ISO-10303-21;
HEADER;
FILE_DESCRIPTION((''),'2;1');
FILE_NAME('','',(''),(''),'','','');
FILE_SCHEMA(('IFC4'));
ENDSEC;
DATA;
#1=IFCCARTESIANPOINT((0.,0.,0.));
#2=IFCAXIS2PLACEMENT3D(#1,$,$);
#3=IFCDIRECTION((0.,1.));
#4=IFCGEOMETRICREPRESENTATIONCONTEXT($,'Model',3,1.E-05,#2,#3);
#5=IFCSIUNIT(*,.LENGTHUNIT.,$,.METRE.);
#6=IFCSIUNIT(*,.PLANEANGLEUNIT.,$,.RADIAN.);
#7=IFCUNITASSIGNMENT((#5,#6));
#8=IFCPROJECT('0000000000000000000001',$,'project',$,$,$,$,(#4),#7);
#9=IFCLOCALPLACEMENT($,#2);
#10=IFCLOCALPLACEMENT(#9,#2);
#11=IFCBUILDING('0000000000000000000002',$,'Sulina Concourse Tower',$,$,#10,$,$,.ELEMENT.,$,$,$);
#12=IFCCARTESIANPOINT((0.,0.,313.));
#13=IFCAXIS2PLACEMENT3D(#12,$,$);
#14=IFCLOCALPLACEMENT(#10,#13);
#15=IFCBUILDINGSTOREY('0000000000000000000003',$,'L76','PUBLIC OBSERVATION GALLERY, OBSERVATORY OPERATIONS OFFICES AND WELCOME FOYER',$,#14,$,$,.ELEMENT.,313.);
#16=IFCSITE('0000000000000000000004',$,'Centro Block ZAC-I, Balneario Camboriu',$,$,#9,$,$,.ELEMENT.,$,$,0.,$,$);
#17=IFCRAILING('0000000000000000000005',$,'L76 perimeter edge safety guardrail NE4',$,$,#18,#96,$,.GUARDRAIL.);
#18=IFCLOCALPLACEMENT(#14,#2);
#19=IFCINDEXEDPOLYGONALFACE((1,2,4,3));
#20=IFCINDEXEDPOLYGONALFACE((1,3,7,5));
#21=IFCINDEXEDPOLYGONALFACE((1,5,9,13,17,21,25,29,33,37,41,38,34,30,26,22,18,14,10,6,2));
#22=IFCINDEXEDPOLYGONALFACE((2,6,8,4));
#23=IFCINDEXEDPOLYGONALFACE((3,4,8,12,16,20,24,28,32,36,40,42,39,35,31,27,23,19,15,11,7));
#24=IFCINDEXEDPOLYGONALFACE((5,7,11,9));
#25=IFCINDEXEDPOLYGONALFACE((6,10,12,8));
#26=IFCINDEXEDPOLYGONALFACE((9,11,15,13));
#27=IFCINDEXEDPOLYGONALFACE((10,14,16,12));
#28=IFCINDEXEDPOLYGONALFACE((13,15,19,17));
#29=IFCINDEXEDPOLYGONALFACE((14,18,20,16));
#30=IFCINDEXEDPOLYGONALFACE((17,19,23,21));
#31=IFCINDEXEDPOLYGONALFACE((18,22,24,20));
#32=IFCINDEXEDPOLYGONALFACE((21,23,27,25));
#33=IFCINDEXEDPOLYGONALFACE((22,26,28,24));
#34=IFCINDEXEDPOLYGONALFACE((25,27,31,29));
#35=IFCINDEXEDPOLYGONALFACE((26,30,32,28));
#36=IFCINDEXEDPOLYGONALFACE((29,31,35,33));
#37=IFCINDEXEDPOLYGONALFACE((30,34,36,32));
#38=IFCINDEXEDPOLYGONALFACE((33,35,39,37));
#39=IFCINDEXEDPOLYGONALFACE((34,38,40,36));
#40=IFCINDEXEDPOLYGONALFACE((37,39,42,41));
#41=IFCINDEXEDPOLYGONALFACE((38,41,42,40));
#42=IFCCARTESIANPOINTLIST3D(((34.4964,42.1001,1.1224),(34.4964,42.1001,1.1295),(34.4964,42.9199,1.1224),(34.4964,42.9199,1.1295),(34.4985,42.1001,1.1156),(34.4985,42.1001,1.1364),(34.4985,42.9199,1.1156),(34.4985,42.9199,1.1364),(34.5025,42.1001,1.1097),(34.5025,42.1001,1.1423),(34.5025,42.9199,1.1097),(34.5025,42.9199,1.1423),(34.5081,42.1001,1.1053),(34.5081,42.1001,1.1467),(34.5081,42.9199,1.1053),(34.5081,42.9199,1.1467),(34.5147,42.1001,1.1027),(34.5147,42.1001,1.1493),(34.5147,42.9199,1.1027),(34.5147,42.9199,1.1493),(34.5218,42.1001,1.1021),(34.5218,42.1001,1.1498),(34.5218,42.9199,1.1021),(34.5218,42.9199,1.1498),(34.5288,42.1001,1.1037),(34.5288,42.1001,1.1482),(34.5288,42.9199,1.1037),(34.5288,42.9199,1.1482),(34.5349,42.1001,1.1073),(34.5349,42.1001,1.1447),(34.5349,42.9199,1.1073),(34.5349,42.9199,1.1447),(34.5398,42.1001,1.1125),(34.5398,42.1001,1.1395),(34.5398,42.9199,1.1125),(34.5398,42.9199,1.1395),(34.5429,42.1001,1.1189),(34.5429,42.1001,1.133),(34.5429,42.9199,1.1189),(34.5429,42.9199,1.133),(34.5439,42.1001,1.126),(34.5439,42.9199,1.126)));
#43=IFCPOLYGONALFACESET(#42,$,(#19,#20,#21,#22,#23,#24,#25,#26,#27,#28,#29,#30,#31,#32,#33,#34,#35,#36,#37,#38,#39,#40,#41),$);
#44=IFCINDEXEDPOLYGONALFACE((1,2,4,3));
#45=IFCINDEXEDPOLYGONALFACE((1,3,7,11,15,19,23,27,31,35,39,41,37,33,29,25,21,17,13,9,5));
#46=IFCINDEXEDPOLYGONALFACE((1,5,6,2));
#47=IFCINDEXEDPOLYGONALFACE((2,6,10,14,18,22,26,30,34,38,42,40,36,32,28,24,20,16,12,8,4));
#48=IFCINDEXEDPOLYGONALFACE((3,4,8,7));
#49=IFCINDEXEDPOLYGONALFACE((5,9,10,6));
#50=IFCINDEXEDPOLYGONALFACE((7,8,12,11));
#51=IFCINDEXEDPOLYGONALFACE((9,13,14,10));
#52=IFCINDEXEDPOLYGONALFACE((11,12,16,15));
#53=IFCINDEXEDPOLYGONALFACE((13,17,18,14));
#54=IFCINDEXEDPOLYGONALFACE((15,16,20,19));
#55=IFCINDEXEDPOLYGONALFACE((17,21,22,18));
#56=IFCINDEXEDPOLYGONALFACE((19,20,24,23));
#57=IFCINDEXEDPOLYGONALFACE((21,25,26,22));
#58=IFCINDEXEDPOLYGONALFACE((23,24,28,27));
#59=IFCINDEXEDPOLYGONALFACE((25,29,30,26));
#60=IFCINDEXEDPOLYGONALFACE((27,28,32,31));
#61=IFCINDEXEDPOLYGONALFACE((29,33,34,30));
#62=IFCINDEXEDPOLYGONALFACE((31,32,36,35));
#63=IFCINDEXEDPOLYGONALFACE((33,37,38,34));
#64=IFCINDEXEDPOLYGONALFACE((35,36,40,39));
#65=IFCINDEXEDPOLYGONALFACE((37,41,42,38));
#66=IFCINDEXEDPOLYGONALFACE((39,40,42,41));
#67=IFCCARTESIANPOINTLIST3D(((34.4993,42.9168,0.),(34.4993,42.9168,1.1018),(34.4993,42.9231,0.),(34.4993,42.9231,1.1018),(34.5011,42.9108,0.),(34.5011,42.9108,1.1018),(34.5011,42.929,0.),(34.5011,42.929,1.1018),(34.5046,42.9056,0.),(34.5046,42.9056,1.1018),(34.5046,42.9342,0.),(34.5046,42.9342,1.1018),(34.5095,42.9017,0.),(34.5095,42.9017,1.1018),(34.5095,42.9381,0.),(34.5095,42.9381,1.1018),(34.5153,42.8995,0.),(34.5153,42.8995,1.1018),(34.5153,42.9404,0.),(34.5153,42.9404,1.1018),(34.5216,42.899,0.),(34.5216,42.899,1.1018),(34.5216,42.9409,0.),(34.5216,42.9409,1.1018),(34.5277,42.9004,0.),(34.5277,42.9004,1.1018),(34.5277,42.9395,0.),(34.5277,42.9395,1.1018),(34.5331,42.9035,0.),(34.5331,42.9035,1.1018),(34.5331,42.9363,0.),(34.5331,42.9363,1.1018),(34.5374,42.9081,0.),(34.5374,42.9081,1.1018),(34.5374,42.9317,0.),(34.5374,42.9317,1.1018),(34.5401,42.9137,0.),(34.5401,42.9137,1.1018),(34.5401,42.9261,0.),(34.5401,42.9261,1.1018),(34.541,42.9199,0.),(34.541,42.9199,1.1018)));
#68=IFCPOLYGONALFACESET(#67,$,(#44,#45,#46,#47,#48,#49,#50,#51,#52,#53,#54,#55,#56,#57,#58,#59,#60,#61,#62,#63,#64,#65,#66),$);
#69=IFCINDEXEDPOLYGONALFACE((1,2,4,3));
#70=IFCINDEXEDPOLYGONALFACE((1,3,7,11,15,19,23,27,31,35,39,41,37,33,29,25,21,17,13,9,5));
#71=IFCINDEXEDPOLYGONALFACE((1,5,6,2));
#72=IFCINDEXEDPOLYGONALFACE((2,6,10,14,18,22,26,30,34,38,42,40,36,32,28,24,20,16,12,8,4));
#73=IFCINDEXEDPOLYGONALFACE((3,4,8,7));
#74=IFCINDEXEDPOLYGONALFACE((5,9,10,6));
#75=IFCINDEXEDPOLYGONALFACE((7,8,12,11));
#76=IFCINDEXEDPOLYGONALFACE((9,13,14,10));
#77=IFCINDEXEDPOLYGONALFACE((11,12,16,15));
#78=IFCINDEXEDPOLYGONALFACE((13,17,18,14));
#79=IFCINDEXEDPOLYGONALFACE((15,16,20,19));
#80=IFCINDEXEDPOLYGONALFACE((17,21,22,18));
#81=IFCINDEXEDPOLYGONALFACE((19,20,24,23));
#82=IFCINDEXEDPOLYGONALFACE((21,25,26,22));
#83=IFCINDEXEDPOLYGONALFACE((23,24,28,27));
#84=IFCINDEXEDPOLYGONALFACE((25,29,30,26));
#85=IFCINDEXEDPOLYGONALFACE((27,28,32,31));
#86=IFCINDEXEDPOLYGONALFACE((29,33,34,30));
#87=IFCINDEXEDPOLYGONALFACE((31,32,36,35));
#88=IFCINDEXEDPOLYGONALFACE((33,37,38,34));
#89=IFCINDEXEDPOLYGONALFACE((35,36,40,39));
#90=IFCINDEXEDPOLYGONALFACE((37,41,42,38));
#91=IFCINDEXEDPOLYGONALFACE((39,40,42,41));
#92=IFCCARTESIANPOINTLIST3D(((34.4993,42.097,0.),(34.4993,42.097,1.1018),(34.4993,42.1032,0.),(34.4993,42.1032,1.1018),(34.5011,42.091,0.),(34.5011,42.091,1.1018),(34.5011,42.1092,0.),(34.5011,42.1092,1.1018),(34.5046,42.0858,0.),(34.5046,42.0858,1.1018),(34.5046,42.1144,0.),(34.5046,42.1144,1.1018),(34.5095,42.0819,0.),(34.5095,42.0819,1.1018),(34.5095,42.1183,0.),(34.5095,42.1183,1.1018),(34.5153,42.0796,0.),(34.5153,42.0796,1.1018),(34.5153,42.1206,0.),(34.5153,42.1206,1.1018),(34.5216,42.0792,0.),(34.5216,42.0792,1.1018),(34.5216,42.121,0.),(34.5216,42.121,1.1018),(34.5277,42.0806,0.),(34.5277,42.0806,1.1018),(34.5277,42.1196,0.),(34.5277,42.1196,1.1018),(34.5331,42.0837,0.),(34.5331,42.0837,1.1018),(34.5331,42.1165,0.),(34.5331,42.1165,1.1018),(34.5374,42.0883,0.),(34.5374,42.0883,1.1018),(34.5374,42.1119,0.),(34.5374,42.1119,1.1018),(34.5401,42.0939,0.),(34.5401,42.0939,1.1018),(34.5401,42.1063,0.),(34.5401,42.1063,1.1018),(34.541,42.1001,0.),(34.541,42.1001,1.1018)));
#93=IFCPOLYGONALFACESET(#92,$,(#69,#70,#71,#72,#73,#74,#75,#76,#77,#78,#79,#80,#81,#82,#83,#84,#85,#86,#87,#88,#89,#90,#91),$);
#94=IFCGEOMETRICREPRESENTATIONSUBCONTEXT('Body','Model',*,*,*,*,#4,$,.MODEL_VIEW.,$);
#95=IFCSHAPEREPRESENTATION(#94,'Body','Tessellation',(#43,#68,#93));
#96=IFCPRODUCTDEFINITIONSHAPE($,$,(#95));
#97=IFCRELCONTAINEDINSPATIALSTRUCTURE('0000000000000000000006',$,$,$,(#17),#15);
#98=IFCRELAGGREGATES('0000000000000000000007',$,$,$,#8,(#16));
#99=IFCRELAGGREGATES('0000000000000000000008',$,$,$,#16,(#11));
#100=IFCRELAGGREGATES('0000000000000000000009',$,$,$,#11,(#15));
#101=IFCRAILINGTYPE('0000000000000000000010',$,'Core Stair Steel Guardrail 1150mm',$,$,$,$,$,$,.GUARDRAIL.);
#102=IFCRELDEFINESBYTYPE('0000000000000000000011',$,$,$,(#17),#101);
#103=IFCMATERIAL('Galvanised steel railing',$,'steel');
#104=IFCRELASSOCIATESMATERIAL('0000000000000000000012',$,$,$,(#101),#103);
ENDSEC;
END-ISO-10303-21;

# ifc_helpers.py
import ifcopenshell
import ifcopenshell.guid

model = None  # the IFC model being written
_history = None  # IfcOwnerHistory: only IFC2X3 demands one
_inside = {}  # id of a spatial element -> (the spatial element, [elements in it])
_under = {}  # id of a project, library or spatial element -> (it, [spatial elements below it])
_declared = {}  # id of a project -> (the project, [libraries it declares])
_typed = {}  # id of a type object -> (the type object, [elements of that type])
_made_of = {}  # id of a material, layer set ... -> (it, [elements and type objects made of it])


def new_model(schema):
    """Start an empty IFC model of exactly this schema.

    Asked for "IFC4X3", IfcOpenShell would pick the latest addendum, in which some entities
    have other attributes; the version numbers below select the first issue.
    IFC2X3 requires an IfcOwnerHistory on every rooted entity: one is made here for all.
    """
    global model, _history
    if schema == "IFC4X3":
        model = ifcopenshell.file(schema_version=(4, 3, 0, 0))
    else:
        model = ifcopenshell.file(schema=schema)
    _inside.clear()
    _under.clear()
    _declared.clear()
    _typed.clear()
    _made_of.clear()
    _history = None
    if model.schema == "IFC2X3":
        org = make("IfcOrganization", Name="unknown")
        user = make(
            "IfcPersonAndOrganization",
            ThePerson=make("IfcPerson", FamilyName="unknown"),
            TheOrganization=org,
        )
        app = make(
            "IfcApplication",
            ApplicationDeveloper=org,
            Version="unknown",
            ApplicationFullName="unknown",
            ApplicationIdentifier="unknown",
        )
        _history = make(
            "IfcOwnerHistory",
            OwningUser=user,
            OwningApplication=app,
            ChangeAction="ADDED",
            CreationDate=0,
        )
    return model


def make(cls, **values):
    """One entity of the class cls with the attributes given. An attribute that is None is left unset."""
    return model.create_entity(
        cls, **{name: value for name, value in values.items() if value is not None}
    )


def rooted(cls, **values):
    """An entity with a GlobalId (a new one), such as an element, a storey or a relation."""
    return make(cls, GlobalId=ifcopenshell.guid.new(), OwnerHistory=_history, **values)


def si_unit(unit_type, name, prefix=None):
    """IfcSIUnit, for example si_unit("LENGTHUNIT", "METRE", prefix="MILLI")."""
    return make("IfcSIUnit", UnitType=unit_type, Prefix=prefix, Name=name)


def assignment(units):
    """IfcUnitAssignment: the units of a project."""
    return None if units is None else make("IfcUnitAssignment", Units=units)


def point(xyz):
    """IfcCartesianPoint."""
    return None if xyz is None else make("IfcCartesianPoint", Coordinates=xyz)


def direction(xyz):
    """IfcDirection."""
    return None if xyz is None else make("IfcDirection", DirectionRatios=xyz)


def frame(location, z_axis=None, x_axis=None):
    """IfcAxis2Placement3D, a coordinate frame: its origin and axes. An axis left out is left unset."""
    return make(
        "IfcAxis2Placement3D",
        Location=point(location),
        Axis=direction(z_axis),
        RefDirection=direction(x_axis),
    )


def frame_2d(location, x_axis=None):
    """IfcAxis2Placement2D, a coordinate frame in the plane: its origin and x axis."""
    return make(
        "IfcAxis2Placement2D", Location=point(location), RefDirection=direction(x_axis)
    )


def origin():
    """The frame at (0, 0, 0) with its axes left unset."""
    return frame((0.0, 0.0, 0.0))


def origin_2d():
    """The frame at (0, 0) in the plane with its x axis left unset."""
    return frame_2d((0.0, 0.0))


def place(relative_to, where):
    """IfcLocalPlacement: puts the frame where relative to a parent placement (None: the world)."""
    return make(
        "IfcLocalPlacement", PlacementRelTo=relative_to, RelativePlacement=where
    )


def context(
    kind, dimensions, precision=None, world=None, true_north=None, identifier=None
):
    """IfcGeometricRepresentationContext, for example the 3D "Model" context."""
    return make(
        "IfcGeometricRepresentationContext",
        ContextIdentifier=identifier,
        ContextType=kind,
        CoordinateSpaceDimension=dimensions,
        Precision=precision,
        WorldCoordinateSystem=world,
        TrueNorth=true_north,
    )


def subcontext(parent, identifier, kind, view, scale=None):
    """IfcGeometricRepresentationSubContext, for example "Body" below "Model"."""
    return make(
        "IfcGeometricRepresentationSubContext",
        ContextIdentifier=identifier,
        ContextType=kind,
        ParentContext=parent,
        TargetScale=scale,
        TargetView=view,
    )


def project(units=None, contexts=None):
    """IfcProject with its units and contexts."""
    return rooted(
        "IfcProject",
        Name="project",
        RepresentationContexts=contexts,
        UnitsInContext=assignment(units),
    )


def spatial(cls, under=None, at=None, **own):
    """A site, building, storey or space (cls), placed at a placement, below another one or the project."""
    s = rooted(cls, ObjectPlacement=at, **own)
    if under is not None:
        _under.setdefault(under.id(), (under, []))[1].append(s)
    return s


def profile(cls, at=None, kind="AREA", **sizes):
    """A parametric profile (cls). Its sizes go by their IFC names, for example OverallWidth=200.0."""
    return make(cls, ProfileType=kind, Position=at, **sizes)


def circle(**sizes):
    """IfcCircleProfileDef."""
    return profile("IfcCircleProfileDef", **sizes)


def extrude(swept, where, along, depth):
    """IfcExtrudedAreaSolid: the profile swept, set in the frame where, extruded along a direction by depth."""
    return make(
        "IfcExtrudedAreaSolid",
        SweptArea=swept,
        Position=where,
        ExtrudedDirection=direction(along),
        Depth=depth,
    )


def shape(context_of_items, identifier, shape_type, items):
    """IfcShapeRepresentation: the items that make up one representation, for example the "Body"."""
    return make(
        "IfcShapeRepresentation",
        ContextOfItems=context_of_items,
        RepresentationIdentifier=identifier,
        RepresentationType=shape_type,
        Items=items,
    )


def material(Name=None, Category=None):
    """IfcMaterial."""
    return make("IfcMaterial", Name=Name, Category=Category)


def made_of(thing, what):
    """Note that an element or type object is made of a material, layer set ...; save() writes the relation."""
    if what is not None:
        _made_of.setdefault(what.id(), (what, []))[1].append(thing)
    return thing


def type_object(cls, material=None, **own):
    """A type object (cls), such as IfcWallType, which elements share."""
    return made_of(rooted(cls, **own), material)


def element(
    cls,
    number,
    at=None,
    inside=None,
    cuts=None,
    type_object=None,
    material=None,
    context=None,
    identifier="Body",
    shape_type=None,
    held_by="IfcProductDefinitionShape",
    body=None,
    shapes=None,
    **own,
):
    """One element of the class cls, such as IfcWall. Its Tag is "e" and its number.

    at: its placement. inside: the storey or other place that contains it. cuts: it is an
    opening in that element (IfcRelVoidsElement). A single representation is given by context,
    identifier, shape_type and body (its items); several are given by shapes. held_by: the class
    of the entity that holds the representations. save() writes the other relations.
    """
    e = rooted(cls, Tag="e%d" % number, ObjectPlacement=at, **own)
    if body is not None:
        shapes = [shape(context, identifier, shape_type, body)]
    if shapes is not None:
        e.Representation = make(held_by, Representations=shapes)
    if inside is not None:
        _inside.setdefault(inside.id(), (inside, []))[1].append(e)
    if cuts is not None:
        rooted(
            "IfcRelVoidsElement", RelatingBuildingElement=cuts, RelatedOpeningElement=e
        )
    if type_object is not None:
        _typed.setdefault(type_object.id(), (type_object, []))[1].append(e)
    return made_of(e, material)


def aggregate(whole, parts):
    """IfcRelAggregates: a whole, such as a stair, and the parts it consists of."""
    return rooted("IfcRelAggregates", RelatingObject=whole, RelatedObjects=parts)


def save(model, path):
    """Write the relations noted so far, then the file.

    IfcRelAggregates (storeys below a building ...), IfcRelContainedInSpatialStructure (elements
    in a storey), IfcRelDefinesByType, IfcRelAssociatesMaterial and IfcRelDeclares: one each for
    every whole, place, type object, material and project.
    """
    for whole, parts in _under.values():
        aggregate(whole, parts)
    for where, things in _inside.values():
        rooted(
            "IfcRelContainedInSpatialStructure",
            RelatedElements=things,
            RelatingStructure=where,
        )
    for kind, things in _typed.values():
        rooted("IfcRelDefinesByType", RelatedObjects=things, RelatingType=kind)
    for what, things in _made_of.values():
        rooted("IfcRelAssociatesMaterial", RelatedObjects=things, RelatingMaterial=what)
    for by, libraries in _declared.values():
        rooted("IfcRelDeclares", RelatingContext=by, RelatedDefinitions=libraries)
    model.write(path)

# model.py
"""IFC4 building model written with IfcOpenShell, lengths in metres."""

from ifc_helpers import new_model, si_unit, direction, frame, origin, origin_2d, place, context, subcontext, project, spatial, circle, extrude, material, type_object, element, save


model = new_model("IFC4")

# Units and contexts
model_context = context("Model", 3, precision=1e-05, world=origin(), true_north=direction((0.0, 1.0)))
body_context = subcontext(model_context, "Body", "Model", "MODEL_VIEW")
ifc_project = project(units=[si_unit("LENGTHUNIT", "METRE"), si_unit("PLANEANGLEUNIT", "RADIAN")], contexts=[model_context])

# Site, building, storey
site_placement = place(None, origin())
site = spatial("IfcSite", under=ifc_project, at=site_placement, Name="Centro Block ZAC-I, Balneario Camboriu", CompositionType="ELEMENT", RefElevation=0.0)
building_placement = place(site_placement, origin())
building = spatial("IfcBuilding", under=site, at=building_placement, Name="Sulina Concourse Tower", CompositionType="ELEMENT")
storey_placement = place(building_placement, frame((0.0, 0.0, 313.0)))
storey = spatial("IfcBuildingStorey", under=building, at=storey_placement, Name="L76", Description="PUBLIC OBSERVATION GALLERY, OBSERVATORY OPERATIONS OFFICES AND WELCOME FOYER", CompositionType="ELEMENT", Elevation=313.0)

# Railing
ifc_material_1 = material(Name="Galvanised steel railing", Category="steel")
railing_type = type_object("IfcRailingType", Name="Core Stair Steel Guardrail 1150mm", PredefinedType="GUARDRAIL", material=ifc_material_1)
railing_1_placement = place(storey_placement, frame((34.52, 42.9199, 0.0)))
element("IfcRailing", 1, at=railing_1_placement, inside=storey, type_object=railing_type, Name="L76 perimeter edge safety guardrail NE4", PredefinedType="GUARDRAIL", context=body_context, shape_type="SweptSolid", body=[
    extrude(circle(Radius=0.0239, at=origin_2d()), frame((0.0, 0.0, 1.126), z_axis=(0.0, -1.0, 0.0), x_axis=(1.0, 0.0, 0.0)), (0.0, 0.0, 1.0), 0.8198),
    extrude(circle(Radius=0.021, at=origin_2d()), origin(), (0.0, 0.0, 1.0), 1.1018),
    extrude(circle(Radius=0.021, at=origin_2d()), frame((0.0, -0.8198, 0.0)), (0.0, 0.0, 1.0), 1.1018),
])

save(model, "model.ifc")
